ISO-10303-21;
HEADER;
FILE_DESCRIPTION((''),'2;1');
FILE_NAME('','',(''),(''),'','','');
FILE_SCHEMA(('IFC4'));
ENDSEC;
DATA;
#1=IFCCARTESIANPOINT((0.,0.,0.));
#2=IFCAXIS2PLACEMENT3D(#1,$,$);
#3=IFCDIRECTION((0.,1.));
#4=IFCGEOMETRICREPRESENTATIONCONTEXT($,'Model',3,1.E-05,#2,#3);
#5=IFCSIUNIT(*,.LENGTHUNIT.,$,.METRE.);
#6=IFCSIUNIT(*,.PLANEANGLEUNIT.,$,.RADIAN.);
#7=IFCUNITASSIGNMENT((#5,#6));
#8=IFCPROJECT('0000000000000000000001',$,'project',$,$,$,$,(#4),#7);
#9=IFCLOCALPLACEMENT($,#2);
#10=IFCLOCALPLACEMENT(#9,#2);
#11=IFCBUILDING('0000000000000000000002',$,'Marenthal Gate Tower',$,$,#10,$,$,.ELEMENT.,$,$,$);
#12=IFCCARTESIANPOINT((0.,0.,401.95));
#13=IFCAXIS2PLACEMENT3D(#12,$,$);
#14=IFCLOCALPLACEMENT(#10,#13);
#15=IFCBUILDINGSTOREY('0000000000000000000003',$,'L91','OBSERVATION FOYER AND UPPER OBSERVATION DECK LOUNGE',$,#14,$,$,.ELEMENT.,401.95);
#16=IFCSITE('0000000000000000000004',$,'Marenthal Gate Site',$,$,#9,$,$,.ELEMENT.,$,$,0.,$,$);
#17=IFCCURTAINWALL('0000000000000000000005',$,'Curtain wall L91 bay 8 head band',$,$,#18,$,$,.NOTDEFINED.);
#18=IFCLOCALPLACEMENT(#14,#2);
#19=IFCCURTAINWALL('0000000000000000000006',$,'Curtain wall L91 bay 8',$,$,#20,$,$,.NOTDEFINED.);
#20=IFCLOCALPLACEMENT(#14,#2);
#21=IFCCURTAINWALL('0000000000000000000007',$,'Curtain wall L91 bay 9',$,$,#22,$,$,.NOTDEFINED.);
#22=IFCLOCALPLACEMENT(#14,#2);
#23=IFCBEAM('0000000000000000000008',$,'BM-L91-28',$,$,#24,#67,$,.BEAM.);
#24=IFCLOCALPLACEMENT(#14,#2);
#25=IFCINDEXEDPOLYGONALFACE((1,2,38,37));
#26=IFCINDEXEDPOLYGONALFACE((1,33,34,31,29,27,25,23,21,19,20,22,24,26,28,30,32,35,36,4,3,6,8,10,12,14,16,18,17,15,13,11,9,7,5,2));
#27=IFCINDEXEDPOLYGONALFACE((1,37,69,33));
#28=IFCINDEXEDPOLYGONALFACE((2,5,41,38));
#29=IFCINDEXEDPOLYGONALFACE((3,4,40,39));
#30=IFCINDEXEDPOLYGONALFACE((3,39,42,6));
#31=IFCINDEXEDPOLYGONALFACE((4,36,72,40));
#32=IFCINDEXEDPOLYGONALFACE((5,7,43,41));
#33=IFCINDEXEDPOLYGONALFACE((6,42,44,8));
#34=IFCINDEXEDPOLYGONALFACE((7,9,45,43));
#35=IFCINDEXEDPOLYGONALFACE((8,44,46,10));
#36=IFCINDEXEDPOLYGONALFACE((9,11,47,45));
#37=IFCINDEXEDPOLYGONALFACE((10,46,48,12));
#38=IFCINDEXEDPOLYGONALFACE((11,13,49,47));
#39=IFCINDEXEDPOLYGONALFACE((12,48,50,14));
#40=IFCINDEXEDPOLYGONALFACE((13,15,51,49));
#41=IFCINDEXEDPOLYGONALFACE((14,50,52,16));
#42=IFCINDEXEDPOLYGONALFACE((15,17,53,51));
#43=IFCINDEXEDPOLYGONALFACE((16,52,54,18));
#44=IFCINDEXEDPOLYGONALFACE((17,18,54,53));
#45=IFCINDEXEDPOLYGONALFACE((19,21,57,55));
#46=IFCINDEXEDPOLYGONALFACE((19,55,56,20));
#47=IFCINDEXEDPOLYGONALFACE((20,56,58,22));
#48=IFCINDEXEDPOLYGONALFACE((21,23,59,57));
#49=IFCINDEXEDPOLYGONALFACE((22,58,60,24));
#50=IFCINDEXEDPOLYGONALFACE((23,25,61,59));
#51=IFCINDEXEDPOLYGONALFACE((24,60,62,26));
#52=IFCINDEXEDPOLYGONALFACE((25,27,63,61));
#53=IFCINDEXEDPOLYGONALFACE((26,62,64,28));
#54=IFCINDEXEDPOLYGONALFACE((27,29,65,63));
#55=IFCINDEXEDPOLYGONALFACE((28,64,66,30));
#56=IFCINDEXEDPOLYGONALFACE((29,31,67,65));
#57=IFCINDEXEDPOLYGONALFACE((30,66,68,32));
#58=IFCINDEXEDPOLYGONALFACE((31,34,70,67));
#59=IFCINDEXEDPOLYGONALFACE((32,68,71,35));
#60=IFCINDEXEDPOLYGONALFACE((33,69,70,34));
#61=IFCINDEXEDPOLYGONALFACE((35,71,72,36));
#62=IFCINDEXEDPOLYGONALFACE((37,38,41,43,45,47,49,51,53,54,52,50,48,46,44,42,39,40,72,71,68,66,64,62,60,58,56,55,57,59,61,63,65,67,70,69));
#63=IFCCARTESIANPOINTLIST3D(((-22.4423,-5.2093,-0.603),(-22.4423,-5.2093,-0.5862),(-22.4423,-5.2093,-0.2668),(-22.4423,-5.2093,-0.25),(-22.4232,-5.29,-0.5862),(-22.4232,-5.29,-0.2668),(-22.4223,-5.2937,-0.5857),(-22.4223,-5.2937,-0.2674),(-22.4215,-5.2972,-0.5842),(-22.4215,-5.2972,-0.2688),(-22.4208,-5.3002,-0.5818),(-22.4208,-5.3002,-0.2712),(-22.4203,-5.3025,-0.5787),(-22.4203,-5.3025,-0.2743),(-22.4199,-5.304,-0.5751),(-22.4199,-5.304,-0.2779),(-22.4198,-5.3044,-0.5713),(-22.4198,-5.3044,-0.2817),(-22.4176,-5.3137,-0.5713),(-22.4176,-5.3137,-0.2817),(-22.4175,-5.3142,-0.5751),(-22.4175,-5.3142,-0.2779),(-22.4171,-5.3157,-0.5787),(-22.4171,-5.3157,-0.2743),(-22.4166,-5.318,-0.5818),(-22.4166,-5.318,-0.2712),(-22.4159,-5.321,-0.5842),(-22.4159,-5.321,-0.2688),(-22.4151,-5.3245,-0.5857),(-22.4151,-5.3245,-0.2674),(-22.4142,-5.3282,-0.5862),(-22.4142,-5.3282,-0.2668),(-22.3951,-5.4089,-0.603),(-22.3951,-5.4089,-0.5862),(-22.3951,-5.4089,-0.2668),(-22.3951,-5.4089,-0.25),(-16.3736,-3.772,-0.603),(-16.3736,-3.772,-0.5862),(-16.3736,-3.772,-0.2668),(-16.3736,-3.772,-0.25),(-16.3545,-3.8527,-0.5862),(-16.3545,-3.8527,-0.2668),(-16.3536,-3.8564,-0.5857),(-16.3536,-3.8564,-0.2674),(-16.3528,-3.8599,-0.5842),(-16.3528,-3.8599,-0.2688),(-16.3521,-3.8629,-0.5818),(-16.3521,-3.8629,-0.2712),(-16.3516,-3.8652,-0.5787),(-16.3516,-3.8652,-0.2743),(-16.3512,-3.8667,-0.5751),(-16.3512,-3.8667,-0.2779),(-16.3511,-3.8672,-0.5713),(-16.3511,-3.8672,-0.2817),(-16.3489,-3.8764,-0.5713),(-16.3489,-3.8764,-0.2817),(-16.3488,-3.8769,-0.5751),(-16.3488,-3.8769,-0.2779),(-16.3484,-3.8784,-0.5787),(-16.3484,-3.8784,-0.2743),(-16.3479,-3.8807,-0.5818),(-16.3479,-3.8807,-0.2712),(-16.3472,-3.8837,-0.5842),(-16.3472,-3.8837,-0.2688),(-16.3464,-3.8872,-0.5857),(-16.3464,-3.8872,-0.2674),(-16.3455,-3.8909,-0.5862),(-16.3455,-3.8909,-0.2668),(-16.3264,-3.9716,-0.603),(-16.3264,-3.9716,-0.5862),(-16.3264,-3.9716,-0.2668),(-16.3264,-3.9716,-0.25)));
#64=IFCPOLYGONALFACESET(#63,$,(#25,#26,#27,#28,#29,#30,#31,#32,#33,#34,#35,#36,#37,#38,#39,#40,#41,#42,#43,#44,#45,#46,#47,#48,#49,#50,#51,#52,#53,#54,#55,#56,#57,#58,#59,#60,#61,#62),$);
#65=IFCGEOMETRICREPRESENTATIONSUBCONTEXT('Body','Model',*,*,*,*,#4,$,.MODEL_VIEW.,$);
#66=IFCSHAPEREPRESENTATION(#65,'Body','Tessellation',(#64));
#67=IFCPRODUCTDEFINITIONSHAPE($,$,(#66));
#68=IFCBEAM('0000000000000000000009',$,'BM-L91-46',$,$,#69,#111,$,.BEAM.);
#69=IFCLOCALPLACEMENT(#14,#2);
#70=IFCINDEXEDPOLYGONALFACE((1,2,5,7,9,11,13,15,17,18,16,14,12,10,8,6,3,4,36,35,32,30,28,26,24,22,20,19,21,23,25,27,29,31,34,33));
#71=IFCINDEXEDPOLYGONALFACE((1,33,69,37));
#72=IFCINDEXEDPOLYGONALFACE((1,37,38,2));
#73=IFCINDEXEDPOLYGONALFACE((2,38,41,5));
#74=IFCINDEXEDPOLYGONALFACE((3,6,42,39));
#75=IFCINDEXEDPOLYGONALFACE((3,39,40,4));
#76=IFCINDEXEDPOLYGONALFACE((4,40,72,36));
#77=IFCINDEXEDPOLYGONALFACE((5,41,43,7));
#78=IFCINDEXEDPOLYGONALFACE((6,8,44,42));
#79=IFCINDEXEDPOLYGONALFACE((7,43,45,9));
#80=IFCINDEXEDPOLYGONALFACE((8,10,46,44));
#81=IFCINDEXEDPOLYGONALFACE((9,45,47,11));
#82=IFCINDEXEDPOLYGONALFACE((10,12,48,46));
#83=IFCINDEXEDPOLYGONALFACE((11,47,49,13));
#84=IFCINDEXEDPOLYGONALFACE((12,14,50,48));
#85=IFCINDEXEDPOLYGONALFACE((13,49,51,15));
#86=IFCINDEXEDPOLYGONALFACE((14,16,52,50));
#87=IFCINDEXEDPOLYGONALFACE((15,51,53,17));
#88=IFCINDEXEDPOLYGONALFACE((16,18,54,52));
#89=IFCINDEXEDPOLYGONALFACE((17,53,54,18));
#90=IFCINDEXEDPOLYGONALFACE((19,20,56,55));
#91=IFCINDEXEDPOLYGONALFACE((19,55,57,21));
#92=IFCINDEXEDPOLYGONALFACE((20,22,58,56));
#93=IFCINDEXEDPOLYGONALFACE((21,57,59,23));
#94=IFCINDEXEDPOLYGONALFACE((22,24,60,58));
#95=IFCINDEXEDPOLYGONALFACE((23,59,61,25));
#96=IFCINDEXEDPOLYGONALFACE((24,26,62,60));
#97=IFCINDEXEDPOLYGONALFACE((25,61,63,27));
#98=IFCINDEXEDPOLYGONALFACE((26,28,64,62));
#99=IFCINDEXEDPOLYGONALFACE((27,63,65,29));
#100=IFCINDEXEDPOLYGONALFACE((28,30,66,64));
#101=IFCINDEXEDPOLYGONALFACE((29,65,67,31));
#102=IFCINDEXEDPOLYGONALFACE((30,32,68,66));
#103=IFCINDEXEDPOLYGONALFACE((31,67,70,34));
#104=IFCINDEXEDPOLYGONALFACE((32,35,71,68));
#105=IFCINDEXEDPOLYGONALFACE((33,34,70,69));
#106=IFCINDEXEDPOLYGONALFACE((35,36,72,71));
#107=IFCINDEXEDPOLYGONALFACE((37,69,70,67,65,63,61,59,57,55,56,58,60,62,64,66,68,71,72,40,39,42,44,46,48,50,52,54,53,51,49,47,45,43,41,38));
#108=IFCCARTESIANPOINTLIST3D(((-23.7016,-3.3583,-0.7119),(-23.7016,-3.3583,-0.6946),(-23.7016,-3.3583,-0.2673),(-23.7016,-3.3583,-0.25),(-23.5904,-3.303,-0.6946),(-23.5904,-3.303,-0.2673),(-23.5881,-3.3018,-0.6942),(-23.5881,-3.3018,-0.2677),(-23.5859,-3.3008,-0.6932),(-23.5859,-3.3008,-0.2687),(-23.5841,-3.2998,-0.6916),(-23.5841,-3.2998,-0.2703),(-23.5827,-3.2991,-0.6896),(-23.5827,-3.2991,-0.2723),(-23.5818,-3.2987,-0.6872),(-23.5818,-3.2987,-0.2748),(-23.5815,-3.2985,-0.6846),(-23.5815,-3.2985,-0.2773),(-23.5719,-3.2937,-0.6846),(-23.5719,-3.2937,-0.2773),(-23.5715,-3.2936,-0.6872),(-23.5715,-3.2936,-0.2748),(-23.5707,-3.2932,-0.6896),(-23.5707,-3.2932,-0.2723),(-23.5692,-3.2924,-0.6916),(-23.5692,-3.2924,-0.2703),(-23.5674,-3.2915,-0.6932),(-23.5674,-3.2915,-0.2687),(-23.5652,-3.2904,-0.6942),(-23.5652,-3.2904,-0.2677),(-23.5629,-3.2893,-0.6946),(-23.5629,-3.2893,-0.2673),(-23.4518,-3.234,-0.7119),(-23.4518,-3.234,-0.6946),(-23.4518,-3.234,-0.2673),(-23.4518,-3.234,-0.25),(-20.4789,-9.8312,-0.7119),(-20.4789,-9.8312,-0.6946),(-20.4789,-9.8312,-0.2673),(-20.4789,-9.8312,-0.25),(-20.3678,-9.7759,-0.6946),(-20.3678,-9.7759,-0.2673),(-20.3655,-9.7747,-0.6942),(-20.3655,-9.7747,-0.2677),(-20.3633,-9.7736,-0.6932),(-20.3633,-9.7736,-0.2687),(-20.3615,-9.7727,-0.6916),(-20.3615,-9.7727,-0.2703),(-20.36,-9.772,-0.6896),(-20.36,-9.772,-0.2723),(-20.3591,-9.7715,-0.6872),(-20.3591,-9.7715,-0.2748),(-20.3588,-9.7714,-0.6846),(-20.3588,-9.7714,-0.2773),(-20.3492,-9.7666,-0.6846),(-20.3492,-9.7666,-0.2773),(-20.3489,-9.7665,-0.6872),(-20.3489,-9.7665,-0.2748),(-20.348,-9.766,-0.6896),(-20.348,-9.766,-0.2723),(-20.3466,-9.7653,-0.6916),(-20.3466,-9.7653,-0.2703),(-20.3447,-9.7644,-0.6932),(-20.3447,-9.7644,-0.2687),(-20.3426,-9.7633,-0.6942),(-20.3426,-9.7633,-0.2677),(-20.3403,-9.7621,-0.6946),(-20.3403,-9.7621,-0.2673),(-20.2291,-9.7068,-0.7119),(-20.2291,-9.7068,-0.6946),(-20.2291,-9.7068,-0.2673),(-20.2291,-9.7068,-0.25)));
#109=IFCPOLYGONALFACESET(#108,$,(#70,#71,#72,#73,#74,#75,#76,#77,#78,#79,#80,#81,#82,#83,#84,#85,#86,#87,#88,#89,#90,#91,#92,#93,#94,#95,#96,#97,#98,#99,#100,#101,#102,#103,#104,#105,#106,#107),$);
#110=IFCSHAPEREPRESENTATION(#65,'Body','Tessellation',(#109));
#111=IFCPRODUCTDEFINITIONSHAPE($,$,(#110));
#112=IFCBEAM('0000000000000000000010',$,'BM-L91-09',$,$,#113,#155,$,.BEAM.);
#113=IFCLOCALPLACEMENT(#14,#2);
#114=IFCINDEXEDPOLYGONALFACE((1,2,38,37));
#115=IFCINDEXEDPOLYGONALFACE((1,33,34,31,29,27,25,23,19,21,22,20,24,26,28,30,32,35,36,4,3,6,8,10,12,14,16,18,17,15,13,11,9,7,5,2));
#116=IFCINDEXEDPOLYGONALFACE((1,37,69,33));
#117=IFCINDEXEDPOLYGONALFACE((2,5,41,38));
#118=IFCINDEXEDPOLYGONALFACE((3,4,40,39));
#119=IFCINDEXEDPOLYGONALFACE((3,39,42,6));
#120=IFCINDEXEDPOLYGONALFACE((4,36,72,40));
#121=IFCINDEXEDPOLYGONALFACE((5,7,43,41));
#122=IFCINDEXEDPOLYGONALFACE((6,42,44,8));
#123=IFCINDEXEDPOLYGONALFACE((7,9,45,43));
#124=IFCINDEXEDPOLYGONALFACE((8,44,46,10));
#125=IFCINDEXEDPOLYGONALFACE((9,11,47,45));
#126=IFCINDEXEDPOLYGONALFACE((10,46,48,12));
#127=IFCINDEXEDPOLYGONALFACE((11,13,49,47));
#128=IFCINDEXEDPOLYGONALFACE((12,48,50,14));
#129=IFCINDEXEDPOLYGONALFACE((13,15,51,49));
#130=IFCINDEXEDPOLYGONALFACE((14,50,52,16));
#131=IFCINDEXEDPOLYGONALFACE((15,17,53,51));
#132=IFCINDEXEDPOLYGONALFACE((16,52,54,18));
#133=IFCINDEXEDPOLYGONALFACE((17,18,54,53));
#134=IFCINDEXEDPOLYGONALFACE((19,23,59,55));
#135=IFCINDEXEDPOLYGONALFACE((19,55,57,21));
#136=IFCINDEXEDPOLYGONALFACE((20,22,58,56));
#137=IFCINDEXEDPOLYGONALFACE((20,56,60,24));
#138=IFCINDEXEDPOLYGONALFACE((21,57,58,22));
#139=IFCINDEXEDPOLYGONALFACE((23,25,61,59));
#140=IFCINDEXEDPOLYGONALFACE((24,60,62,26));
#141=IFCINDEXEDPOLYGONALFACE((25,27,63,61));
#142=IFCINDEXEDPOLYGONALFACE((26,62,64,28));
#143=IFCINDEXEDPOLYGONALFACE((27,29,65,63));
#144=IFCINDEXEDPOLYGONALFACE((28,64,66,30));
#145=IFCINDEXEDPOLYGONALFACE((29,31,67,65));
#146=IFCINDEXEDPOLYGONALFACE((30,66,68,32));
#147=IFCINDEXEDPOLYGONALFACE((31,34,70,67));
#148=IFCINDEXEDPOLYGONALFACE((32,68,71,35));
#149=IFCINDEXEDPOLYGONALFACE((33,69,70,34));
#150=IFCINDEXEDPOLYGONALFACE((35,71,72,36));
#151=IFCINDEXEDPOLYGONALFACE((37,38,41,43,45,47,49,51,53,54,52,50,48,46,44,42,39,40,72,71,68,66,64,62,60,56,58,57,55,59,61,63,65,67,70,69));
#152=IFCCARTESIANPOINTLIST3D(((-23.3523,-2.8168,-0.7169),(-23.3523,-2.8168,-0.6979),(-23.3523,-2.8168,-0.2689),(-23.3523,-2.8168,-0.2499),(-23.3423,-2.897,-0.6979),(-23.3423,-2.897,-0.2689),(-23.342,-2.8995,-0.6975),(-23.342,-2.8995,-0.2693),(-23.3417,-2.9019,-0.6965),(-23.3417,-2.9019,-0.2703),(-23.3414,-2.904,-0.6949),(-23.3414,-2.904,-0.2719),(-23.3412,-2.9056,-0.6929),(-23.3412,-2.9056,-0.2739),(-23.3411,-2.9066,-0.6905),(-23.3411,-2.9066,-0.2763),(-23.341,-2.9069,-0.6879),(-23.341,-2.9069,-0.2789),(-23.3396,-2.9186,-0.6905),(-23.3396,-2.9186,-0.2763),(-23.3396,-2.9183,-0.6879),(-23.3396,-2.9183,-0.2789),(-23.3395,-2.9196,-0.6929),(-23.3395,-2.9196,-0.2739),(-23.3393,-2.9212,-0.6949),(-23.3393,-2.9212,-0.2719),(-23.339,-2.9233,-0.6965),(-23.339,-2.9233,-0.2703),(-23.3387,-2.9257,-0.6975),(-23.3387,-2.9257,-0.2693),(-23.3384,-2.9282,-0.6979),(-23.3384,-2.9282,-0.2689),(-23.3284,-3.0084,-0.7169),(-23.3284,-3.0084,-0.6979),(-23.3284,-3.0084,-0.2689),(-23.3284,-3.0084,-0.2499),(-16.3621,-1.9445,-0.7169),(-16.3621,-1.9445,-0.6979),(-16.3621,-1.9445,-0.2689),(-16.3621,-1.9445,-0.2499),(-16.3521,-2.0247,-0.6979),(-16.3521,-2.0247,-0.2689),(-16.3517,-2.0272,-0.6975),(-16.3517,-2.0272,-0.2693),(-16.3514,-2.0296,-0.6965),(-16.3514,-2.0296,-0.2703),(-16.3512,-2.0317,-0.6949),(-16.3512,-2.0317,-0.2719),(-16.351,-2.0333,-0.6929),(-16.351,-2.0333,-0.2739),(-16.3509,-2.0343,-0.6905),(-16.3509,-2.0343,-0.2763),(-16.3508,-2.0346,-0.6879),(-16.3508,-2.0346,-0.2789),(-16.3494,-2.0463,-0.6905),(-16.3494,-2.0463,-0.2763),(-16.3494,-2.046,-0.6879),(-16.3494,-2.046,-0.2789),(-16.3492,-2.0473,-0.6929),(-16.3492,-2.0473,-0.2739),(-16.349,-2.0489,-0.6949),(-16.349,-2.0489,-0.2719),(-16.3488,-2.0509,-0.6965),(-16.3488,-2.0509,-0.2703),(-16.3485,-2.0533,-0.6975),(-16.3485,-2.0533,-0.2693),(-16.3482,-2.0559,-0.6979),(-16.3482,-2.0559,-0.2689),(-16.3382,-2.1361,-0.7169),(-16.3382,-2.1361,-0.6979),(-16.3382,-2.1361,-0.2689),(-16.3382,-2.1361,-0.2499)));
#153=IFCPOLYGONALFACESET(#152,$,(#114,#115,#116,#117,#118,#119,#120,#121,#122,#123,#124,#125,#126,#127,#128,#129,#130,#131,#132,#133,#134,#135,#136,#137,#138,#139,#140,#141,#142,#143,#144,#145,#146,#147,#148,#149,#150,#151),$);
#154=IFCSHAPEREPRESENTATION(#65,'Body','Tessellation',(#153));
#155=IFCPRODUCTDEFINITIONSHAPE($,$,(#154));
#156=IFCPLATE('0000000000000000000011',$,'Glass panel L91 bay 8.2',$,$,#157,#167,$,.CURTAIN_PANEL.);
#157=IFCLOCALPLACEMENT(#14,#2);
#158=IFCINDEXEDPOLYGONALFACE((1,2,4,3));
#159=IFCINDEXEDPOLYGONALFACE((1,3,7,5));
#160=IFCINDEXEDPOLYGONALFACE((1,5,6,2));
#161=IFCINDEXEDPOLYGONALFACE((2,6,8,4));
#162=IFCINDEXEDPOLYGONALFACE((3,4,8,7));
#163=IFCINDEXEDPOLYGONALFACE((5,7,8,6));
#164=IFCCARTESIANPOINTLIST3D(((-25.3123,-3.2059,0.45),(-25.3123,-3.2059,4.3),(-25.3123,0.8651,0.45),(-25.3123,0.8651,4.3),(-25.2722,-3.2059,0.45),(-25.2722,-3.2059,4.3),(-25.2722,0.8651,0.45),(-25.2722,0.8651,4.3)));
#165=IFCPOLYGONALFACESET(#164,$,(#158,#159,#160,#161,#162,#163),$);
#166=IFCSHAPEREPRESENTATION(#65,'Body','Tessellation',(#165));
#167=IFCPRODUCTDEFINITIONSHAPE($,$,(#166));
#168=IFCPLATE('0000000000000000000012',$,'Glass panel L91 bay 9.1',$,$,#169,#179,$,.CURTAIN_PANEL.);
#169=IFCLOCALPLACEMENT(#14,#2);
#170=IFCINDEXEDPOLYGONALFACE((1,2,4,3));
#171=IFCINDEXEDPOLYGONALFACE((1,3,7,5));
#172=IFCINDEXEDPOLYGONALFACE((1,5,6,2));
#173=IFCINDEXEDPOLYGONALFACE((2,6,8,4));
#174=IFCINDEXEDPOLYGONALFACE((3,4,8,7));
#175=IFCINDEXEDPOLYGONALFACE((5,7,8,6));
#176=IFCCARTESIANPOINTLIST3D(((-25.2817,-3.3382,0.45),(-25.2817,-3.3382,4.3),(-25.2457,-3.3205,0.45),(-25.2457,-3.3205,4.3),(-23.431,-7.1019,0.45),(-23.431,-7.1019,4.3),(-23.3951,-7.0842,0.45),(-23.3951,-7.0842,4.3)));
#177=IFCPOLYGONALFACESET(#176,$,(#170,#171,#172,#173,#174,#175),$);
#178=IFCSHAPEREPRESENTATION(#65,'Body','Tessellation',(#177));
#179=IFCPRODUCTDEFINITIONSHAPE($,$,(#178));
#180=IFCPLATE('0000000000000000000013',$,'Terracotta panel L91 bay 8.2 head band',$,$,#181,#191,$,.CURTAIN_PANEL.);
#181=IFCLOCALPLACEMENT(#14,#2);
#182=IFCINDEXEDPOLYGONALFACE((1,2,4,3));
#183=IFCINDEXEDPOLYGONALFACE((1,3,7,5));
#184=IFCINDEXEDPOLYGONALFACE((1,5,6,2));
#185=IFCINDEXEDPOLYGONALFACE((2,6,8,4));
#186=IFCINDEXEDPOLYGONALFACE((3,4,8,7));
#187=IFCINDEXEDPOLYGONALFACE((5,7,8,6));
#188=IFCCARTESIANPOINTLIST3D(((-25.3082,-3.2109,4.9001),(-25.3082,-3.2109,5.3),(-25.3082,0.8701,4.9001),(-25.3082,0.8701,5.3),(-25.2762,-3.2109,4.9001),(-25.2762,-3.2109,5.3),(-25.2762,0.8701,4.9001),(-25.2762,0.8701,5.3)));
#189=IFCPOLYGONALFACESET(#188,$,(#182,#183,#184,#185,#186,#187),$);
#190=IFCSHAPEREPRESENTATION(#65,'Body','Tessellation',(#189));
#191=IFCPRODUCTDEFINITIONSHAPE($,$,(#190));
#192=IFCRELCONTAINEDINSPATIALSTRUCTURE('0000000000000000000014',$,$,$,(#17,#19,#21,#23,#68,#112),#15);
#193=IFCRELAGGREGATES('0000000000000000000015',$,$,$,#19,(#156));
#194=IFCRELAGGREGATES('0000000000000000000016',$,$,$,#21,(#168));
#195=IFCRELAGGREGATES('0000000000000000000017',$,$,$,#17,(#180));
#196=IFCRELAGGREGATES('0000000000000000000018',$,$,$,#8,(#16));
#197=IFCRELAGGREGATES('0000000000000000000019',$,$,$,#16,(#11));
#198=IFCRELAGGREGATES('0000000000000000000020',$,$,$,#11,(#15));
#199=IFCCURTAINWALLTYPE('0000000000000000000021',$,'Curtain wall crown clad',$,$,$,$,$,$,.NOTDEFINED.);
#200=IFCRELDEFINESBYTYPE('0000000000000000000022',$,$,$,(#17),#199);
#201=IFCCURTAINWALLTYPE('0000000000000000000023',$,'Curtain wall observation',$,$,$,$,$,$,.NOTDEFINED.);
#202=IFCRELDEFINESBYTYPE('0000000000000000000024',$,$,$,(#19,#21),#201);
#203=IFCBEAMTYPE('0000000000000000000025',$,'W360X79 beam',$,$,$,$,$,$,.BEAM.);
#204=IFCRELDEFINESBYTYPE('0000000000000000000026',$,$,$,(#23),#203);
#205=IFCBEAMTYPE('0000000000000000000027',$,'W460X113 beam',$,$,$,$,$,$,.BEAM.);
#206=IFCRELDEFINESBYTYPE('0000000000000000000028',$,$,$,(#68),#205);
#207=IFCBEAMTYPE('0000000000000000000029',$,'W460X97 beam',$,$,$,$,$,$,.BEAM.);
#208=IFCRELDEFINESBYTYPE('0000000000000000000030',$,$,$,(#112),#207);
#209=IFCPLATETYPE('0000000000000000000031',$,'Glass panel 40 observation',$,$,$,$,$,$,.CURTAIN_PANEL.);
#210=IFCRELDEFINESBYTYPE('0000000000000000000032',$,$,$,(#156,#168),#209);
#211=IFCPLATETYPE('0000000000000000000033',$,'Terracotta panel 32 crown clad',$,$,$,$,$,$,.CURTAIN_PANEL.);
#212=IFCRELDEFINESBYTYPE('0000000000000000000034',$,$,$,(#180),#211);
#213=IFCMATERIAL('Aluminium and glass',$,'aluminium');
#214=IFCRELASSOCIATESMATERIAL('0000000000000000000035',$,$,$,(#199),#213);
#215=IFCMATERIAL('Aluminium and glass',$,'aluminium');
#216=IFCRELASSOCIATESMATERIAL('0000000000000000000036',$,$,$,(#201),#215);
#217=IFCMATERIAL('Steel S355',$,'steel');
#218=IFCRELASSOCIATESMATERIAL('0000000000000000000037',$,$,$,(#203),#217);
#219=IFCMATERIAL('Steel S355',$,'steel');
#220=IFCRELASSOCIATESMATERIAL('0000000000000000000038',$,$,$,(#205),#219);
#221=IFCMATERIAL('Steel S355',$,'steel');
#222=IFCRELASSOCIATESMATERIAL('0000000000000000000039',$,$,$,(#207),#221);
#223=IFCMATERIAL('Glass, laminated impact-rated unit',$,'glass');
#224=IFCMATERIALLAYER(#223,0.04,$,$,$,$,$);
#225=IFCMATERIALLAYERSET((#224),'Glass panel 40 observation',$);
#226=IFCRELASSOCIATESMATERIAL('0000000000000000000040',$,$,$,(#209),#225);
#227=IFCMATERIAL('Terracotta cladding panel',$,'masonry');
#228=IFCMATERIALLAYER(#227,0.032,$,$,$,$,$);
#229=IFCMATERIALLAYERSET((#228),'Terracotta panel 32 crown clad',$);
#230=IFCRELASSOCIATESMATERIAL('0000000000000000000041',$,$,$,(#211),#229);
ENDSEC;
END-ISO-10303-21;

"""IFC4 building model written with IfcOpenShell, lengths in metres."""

from ifc_helpers import new_model, si_unit, direction, frame, origin, origin_2d, place, context, subcontext, project, spatial, rectangle, i_section, extrude, material, layer, layer_set, material_profile, profile_set, type_object, element, aggregate, save


model = new_model("IFC4")

# Units and contexts
model_context = context("Model", 3, precision=1e-05, world=origin(), true_north=direction((0.0, 1.0)))
body_context = subcontext(model_context, "Body", "Model", "MODEL_VIEW")
ifc_project = project(units=[si_unit("LENGTHUNIT", "METRE"), si_unit("PLANEANGLEUNIT", "RADIAN")], contexts=[model_context])

# Site, building, storey
site_placement = place(None, origin())
site = spatial("IfcSite", under=ifc_project, at=site_placement, Name="Marenthal Gate Site", CompositionType="ELEMENT", RefElevation=0.0)
building_placement = place(site_placement, origin())
building = spatial("IfcBuilding", under=site, at=building_placement, Name="Marenthal Gate Tower", CompositionType="ELEMENT")
storey_placement = place(building_placement, frame((0.0, 0.0, 401.95)))
storey = spatial("IfcBuildingStorey", under=building, at=storey_placement, Name="L91", Description="OBSERVATION FOYER AND UPPER OBSERVATION DECK LOUNGE", CompositionType="ELEMENT", Elevation=401.95)

# Curtain wall
ifc_material_1 = material(Name="Aluminium and glass", Category="aluminium")
curtain_wall_type_1 = type_object("IfcCurtainWallType", Name="Curtain wall crown clad", PredefinedType="NOTDEFINED", material=ifc_material_1)
curtain_wall_1_placement = place(storey_placement, origin())
curtain_wall_1 = element("IfcCurtainWall", 1, at=curtain_wall_1_placement, inside=storey, type_object=curtain_wall_type_1, Name="Curtain wall L91 bay 8 head band", PredefinedType="NOTDEFINED")

# Curtain wall
ifc_material_2 = material(Name="Aluminium and glass", Category="aluminium")
curtain_wall_type_2 = type_object("IfcCurtainWallType", Name="Curtain wall observation", PredefinedType="NOTDEFINED", material=ifc_material_2)
curtain_wall_2_placement = place(storey_placement, origin())
curtain_wall_2 = element("IfcCurtainWall", 2, at=curtain_wall_2_placement, inside=storey, type_object=curtain_wall_type_2, Name="Curtain wall L91 bay 8", PredefinedType="NOTDEFINED")

# Curtain wall
curtain_wall_3_placement = place(storey_placement, origin())
curtain_wall_3 = element("IfcCurtainWall", 3, at=curtain_wall_3_placement, inside=storey, type_object=curtain_wall_type_2, Name="Curtain wall L91 bay 9", PredefinedType="NOTDEFINED")

# Beams
ifc_material_3 = material(Name="Steel S355", Category="steel")
ifc_material_profile_1 = material_profile(ifc_material_3, i_section(OverallWidth=0.2051, OverallDepth=0.353, WebThickness=0.0095, FlangeThickness=0.0168, FilletRadius=0.0149, at=origin_2d()), Name="W360X79")
ifc_profile_set_1 = profile_set([ifc_material_profile_1], Name="Steel S355")
beam_type_1 = type_object("IfcBeamType", Name="W360X79 beam", PredefinedType="BEAM", material=ifc_profile_set_1)
beam_1_placement = place(storey_placement, frame((-22.4187, -5.3091, -0.4265), z_axis=(0.973082, 0.23046, 0.0), x_axis=(-0.23046, 0.973082, 0.0)))
element("IfcBeam", 4, at=beam_1_placement, inside=storey, type_object=beam_type_1, Name="BM-L91-28", PredefinedType="BEAM", context=body_context, shape_type="SweptSolid", body=[
    extrude(i_section(OverallWidth=0.2051, OverallDepth=0.353, WebThickness=0.0095, FlangeThickness=0.0168, FilletRadius=0.0149, at=origin_2d()), origin(), (0.0, 0.0, 1.0), 6.2366),
])
ifc_material_4 = material(Name="Steel S355", Category="steel")
ifc_material_profile_2 = material_profile(ifc_material_4, i_section(OverallWidth=0.2791, OverallDepth=0.4619, WebThickness=0.0107, FlangeThickness=0.0173, FilletRadius=0.01, at=origin_2d()), Name="W460X113")
ifc_profile_set_2 = profile_set([ifc_material_profile_2], Name="Steel S355")
beam_type_2 = type_object("IfcBeamType", Name="W460X113 beam", PredefinedType="BEAM", material=ifc_profile_set_2)
beam_2_placement = place(storey_placement, frame((-23.5767, -3.2961, -0.481), z_axis=(0.445687, -0.895189, 0.0), x_axis=(0.895189, 0.445687, 0.0)))
element("IfcBeam", 5, at=beam_2_placement, inside=storey, type_object=beam_type_2, Name="BM-L91-46", PredefinedType="BEAM", context=body_context, shape_type="SweptSolid", body=[
    extrude(i_section(OverallWidth=0.2791, OverallDepth=0.4619, WebThickness=0.0107, FlangeThickness=0.0173, FilletRadius=0.01, at=origin_2d()), origin(), (0.0, 0.0, 1.0), 7.2307),
])
ifc_material_5 = material(Name="Steel S355", Category="steel")
ifc_material_profile_3 = material_profile(ifc_material_5, i_section(OverallWidth=0.1931, OverallDepth=0.467, WebThickness=0.0115, FlangeThickness=0.019, FilletRadius=0.01, at=origin_2d()), Name="W460X97")
ifc_profile_set_3 = profile_set([ifc_material_profile_3], Name="Steel S355")
beam_type_3 = type_object("IfcBeamType", Name="W460X97 beam", PredefinedType="BEAM", material=ifc_profile_set_3)
beam_3_placement = place(storey_placement, frame((-23.3403, -2.9126, -0.4834), z_axis=(0.992303, 0.12383, 0.0), x_axis=(-0.12383, 0.992303, 0.0)))
element("IfcBeam", 6, at=beam_3_placement, inside=storey, type_object=beam_type_3, Name="BM-L91-09", PredefinedType="BEAM", context=body_context, shape_type="SweptSolid", body=[
    extrude(i_section(OverallWidth=0.1931, OverallDepth=0.467, WebThickness=0.0115, FlangeThickness=0.019, FilletRadius=0.01, at=origin_2d()), origin(), (0.0, 0.0, 1.0), 7.0444),
])

# Plates
ifc_material_6 = material(Name="Glass, laminated impact-rated unit", Category="glass")
ifc_layer_1 = layer(ifc_material_6, 0.04)
ifc_layer_set_1 = layer_set([ifc_layer_1], Name="Glass panel 40 observation")
plate_type_1 = type_object("IfcPlateType", Name="Glass panel 40 observation", PredefinedType="CURTAIN_PANEL", material=ifc_layer_set_1)
plate_1_placement = place(storey_placement, frame((-25.2922, -1.1704, 0.45), z_axis=(0.0, 0.0, 1.0), x_axis=(0.0, -1.0, 0.0)))
plate_1 = element("IfcPlate", 7, at=plate_1_placement, type_object=plate_type_1, Name="Glass panel L91 bay 8.2", PredefinedType="CURTAIN_PANEL", context=body_context, shape_type="SweptSolid", body=[
    extrude(rectangle(XDim=4.071, YDim=0.04, at=origin_2d()), origin(), (0.0, 0.0, 1.0), 3.8501),
])
aggregate(curtain_wall_2, [plate_1])
plate_2_placement = place(storey_placement, frame((-24.3384, -5.2112, 0.45), z_axis=(0.0, 0.0, 1.0), x_axis=(0.441247, -0.897386, 0.0)))
plate_2 = element("IfcPlate", 8, at=plate_2_placement, type_object=plate_type_1, Name="Glass panel L91 bay 9.1", PredefinedType="CURTAIN_PANEL", context=body_context, shape_type="SweptSolid", body=[
    extrude(rectangle(XDim=4.1941, YDim=0.04, at=origin_2d()), origin(), (0.0, 0.0, 1.0), 3.8501),
])
aggregate(curtain_wall_3, [plate_2])
ifc_material_7 = material(Name="Terracotta cladding panel", Category="masonry")
ifc_layer_2 = layer(ifc_material_7, 0.032)
ifc_layer_set_2 = layer_set([ifc_layer_2], Name="Terracotta panel 32 crown clad")
plate_type_2 = type_object("IfcPlateType", Name="Terracotta panel 32 crown clad", PredefinedType="CURTAIN_PANEL", material=ifc_layer_set_2)
plate_3_placement = place(storey_placement, frame((-25.2922, -1.1704, 4.9001), z_axis=(0.0, 0.0, 1.0), x_axis=(0.0, -1.0, 0.0)))
plate_3 = element("IfcPlate", 9, at=plate_3_placement, type_object=plate_type_2, Name="Terracotta panel L91 bay 8.2 head band", PredefinedType="CURTAIN_PANEL", context=body_context, shape_type="SweptSolid", body=[
    extrude(rectangle(XDim=4.0811, YDim=0.032, at=origin_2d()), origin(), (0.0, 0.0, 1.0), 0.3999),
])
aggregate(curtain_wall_1, [plate_3])

save(model, "model.ifc")
